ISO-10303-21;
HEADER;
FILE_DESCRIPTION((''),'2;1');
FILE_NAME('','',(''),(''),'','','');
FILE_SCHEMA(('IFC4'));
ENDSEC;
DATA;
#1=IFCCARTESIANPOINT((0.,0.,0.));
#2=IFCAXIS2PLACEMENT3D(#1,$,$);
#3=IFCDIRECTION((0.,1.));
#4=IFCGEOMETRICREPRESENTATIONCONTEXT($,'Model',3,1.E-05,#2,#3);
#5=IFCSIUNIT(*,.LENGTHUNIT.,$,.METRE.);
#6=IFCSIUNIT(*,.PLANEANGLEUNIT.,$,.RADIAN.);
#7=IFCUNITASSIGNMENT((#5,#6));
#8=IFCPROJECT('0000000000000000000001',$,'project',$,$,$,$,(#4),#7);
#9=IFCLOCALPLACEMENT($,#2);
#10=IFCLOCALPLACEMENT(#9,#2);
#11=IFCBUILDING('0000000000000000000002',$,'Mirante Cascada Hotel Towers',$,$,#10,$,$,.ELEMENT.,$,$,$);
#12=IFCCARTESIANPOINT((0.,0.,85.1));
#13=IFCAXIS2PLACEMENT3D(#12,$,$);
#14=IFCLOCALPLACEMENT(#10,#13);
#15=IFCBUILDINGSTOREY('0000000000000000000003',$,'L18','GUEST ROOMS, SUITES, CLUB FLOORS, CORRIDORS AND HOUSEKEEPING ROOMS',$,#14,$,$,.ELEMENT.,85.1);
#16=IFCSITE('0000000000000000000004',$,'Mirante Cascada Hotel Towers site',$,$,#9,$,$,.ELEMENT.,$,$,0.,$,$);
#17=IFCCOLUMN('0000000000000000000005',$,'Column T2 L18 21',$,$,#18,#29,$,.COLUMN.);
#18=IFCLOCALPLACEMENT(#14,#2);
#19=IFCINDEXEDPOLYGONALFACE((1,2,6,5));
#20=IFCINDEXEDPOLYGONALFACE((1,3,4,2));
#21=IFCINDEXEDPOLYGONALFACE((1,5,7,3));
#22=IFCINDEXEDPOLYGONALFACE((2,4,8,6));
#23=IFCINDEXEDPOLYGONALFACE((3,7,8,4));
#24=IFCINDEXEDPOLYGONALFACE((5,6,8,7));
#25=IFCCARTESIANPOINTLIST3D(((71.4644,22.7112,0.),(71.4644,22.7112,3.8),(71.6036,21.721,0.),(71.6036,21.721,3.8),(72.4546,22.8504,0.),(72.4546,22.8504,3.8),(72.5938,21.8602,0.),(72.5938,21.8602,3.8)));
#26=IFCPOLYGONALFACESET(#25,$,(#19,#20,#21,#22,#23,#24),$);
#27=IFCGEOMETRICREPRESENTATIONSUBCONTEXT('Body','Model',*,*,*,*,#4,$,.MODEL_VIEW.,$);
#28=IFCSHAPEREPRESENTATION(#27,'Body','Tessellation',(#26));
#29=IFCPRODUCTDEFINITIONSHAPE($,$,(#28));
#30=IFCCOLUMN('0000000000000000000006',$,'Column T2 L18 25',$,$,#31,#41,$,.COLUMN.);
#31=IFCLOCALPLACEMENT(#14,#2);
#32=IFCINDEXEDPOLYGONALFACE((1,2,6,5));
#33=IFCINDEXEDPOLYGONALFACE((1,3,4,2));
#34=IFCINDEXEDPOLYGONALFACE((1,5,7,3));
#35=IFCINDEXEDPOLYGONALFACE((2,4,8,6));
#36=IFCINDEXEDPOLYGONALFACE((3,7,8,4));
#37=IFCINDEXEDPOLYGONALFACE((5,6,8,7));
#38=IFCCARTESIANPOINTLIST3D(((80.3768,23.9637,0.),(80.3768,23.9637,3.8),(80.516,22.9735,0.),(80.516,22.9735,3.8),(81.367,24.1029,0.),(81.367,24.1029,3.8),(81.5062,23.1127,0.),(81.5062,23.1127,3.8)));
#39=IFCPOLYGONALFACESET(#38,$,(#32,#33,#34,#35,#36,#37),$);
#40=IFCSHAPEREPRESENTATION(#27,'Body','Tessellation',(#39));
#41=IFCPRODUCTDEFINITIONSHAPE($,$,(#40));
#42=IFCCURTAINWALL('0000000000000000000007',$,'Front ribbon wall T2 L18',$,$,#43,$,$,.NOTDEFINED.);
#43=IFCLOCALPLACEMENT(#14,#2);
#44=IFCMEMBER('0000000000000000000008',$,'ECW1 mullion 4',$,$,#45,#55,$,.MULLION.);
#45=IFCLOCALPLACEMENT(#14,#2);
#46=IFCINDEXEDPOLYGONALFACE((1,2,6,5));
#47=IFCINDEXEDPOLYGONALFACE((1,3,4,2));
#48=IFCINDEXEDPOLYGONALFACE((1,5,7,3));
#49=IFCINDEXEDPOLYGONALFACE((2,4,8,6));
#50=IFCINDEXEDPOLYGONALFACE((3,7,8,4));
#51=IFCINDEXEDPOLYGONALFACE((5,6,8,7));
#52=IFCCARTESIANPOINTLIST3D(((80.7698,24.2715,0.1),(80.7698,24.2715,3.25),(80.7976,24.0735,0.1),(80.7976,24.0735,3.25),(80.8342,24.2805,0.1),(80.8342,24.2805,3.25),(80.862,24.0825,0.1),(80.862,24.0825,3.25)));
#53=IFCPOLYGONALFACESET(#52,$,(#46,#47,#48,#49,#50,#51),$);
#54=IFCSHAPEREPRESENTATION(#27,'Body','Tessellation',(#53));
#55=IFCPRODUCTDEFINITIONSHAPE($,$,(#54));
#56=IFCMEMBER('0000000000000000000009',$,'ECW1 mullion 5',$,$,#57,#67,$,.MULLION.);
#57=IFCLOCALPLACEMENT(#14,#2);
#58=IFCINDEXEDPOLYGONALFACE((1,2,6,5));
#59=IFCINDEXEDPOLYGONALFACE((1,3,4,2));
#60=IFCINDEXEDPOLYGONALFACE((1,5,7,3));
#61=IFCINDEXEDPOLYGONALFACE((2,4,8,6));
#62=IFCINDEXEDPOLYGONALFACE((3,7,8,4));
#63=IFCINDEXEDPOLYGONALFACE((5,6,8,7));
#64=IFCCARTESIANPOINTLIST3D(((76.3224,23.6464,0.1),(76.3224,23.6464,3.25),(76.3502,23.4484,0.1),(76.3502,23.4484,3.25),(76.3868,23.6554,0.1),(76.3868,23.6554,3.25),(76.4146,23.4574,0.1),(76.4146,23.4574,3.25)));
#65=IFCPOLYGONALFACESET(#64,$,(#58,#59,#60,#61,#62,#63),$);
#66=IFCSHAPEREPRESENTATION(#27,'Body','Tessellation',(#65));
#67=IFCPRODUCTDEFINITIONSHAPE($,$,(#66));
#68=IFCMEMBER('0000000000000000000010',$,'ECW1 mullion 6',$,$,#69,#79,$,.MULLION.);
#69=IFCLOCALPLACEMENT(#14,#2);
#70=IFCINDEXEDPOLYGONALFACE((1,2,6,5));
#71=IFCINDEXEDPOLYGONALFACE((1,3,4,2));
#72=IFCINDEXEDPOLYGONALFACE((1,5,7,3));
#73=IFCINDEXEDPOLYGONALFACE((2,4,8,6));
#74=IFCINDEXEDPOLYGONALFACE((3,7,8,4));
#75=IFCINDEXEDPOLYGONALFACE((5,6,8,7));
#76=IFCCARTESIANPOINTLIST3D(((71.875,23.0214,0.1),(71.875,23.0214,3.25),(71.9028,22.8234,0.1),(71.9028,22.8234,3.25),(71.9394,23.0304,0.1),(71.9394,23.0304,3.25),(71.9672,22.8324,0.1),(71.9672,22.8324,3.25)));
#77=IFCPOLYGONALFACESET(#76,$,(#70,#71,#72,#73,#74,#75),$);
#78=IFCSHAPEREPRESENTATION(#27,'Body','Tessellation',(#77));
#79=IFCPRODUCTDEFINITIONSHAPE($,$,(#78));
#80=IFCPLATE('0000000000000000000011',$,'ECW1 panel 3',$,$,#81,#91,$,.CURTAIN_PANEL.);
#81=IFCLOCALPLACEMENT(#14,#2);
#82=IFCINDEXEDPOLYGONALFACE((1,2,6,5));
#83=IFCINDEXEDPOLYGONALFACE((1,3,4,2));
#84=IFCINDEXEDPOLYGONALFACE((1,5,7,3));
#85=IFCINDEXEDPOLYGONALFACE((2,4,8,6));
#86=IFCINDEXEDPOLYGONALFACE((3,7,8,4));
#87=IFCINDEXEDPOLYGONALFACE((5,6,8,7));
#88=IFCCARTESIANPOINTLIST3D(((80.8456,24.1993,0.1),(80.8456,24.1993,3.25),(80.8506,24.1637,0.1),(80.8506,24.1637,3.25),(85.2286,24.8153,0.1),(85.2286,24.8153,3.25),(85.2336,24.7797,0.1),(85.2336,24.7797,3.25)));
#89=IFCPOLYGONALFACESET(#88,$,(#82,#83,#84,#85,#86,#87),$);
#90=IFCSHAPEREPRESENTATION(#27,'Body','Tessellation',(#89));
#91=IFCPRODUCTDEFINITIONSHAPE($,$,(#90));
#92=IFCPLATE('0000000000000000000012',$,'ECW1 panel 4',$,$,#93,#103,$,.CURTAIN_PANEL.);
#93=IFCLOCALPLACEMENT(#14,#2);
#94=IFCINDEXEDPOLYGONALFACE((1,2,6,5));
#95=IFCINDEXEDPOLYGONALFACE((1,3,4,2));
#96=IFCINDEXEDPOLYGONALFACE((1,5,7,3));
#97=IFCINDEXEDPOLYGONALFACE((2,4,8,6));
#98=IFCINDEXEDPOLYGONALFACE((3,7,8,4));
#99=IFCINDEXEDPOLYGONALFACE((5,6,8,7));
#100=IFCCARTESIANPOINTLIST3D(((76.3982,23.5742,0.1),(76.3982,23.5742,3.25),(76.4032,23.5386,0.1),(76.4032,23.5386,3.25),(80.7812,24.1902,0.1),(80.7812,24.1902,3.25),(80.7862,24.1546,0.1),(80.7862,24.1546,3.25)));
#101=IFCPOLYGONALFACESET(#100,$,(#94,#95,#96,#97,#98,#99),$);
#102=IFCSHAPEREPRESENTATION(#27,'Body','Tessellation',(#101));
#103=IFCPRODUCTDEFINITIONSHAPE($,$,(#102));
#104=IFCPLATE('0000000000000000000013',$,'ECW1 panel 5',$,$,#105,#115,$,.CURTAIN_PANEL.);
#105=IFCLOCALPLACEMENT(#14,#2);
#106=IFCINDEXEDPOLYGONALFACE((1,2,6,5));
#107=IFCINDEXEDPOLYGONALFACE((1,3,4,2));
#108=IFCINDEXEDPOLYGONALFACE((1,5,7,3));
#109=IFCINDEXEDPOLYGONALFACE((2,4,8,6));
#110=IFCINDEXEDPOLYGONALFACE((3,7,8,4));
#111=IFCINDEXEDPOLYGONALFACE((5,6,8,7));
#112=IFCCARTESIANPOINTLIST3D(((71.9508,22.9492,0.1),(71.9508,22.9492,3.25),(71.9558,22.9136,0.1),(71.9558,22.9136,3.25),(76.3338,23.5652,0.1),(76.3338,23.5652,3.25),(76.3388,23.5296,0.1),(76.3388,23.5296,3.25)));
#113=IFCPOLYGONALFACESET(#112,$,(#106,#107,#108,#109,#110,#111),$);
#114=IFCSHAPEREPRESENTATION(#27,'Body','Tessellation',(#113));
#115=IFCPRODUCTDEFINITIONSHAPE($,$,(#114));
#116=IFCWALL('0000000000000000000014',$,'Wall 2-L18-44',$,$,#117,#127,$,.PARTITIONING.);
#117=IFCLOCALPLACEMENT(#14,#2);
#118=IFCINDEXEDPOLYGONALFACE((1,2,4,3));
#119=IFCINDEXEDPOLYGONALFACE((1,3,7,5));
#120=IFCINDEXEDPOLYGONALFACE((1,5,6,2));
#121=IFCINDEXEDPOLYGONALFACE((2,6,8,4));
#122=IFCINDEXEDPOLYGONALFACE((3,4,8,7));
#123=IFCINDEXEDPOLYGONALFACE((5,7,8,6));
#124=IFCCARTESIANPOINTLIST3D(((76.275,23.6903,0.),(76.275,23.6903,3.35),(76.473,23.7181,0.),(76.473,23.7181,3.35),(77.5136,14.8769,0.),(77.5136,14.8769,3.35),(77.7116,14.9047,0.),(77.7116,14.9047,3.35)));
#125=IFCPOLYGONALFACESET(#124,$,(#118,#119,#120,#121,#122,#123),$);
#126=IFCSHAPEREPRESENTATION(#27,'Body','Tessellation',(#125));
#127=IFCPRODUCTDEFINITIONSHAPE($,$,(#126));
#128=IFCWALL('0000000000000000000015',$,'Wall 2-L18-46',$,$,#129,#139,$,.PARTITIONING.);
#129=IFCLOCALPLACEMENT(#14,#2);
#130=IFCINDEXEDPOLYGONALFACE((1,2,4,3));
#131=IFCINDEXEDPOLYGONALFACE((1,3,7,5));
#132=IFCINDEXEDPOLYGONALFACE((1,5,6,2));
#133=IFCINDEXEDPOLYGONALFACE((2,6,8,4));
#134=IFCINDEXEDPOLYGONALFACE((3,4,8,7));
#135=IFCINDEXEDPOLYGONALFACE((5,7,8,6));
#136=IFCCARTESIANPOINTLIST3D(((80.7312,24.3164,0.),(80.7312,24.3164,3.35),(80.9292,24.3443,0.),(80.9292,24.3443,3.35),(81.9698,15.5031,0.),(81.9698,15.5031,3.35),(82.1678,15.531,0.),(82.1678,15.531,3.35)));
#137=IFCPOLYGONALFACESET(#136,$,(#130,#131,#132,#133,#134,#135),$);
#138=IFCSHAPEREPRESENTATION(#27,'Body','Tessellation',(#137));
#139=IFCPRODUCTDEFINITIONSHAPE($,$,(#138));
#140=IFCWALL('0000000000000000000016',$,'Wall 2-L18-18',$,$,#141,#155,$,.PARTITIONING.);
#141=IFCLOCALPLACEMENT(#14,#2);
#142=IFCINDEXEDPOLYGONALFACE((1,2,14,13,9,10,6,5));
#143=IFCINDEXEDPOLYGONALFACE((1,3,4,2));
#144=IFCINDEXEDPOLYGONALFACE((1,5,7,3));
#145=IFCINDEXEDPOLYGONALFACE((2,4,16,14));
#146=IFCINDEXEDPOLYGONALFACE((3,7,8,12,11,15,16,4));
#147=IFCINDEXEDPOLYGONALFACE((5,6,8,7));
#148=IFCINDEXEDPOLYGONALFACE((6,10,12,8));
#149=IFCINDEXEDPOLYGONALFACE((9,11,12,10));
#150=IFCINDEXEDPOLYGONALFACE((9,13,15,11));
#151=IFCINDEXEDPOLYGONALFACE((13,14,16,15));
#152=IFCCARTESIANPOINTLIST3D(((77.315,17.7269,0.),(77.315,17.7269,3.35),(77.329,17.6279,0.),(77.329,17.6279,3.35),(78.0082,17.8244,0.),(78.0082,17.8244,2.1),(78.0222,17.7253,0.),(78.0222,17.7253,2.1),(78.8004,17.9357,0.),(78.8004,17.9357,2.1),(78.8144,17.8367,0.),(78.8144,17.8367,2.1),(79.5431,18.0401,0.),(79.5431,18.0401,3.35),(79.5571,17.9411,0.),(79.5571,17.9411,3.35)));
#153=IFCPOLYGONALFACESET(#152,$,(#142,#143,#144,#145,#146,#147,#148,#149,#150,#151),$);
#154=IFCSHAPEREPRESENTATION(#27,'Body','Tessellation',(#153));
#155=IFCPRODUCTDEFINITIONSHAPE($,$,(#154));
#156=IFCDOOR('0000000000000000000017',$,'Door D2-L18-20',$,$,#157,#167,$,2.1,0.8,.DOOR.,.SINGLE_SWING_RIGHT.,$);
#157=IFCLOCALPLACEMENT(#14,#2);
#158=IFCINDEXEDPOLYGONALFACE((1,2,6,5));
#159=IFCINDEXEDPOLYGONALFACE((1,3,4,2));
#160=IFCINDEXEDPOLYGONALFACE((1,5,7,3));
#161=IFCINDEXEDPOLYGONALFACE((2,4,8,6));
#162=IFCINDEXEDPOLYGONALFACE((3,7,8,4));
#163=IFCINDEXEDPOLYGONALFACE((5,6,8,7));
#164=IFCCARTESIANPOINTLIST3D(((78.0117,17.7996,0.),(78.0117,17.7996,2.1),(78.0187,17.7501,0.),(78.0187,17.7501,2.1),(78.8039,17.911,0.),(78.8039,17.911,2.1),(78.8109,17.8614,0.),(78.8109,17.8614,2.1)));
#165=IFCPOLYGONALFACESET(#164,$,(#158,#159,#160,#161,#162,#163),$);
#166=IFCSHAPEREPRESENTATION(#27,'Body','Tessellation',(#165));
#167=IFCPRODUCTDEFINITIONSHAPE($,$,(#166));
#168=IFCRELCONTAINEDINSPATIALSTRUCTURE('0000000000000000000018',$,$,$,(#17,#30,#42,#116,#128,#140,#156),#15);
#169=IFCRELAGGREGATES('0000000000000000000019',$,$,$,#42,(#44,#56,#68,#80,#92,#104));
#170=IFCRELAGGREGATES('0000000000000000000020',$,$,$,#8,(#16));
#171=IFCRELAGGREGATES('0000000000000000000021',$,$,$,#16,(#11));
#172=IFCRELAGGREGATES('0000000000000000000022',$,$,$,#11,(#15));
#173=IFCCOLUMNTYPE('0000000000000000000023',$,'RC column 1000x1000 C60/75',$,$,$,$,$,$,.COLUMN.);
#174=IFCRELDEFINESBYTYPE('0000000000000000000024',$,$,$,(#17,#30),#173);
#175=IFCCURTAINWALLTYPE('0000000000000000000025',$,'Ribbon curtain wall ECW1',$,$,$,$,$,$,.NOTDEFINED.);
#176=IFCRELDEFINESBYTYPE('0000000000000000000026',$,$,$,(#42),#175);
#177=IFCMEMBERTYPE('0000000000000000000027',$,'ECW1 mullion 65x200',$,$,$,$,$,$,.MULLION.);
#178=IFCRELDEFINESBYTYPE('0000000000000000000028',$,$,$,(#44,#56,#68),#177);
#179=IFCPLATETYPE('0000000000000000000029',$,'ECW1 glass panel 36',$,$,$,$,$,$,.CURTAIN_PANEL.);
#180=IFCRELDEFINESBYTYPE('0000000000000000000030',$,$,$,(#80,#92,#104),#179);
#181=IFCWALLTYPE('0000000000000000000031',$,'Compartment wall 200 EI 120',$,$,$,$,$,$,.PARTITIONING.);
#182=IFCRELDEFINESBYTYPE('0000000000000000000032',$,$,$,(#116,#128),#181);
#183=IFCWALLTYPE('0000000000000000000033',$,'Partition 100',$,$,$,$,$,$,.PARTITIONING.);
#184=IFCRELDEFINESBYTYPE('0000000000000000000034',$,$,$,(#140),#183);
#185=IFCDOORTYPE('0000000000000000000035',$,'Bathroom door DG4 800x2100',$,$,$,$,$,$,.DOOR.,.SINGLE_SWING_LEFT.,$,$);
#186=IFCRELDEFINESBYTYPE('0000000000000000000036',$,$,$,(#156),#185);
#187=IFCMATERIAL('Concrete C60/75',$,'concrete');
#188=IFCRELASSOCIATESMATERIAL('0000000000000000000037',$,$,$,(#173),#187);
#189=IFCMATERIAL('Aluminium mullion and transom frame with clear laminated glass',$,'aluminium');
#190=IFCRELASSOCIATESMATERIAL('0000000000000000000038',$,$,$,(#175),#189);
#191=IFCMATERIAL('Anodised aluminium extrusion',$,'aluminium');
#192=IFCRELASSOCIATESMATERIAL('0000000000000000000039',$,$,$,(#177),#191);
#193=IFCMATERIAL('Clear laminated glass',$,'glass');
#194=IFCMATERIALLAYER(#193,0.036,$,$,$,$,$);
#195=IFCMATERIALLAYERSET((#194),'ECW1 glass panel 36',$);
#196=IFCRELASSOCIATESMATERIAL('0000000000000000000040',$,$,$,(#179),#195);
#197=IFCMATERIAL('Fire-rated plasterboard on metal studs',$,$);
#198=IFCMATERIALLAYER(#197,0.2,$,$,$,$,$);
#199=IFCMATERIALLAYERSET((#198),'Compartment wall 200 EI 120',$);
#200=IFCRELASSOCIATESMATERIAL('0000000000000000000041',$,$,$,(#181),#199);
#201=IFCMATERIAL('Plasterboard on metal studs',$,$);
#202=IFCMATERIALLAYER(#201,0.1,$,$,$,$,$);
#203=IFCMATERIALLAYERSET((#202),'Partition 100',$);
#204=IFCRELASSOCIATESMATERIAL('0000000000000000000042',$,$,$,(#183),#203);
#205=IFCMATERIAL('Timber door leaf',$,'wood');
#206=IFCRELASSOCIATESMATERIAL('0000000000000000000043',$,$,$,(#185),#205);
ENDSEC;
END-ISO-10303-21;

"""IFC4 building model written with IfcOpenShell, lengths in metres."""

from ifc_helpers import new_model, si_unit, direction, frame, frame_2d, origin, origin_2d, place, context, subcontext, project, spatial, rectangle, extrude, material, layer, layer_set, material_profile, profile_set, type_object, element, fill, aggregate, save


model = new_model("IFC4")

# Units and contexts
model_context = context("Model", 3, precision=1e-05, world=origin(), true_north=direction((0.0, 1.0)))
body_context = subcontext(model_context, "Body", "Model", "MODEL_VIEW")
ifc_project = project(units=[si_unit("LENGTHUNIT", "METRE"), si_unit("PLANEANGLEUNIT", "RADIAN")], contexts=[model_context])

# Site, building, storey
site_placement = place(None, origin())
site = spatial("IfcSite", under=ifc_project, at=site_placement, Name="Mirante Cascada Hotel Towers site", CompositionType="ELEMENT", RefElevation=0.0)
building_placement = place(site_placement, origin())
building = spatial("IfcBuilding", under=site, at=building_placement, Name="Mirante Cascada Hotel Towers", CompositionType="ELEMENT")
storey_placement = place(building_placement, frame((0.0, 0.0, 85.1)))
storey = spatial("IfcBuildingStorey", under=building, at=storey_placement, Name="L18", Description="GUEST ROOMS, SUITES, CLUB FLOORS, CORRIDORS AND HOUSEKEEPING ROOMS", CompositionType="ELEMENT", Elevation=85.1)

# Columns
ifc_material_1 = material(Name="Concrete C60/75", Category="concrete")
ifc_material_profile_1 = material_profile(ifc_material_1, rectangle(XDim=1.0, YDim=1.0, at=origin_2d()), Name="RC column 1000x1000 C60/75")
ifc_profile_set_1 = profile_set([ifc_material_profile_1], Name="Concrete C60/75")
column_type = type_object("IfcColumnType", Name="RC column 1000x1000 C60/75", PredefinedType="COLUMN", material=ifc_profile_set_1)
for number, where, z_axis, x_axis, name in (
    (1, (72.0291, 22.2857, 0.0), (0.0, 0.0, 1.0), (0.990268, 0.139173, 0.0), "Column T2 L18 21"),
    (2, (80.9415, 23.5382, 0.0), (0.0, 0.0, 1.0), (0.990268, 0.139173, 0.0), "Column T2 L18 25"),
):
    element("IfcColumn", number, at=place(storey_placement, frame(where, z_axis=z_axis, x_axis=x_axis)), inside=storey, type_object=column_type, Name=name, PredefinedType="COLUMN", context=body_context, shape_type="SweptSolid", body=[
        extrude(rectangle(XDim=1.0, YDim=1.0, at=origin_2d()), origin(), (0.0, 0.0, 1.0), 3.8),
    ])

# Curtain wall, members, plates
ifc_material_2 = material(Name="Aluminium mullion and transom frame with clear laminated glass", Category="aluminium")
curtain_wall_type = type_object("IfcCurtainWallType", Name="Ribbon curtain wall ECW1", PredefinedType="NOTDEFINED", material=ifc_material_2)
curtain_wall_placement = place(storey_placement, origin())
curtain_wall = element("IfcCurtainWall", 3, at=curtain_wall_placement, inside=storey, type_object=curtain_wall_type, Name="Front ribbon wall T2 L18", PredefinedType="NOTDEFINED")
ifc_material_3 = material(Name="Anodised aluminium extrusion", Category="aluminium")
ifc_material_profile_2 = material_profile(ifc_material_3, rectangle(XDim=0.2, YDim=0.065, at=origin_2d()), Name="ECW1 MULLION 65x200")
ifc_profile_set_2 = profile_set([ifc_material_profile_2], Name="Anodised aluminium extrusion")
member_type = type_object("IfcMemberType", Name="ECW1 mullion 65x200", PredefinedType="MULLION", material=ifc_profile_set_2)
member_1_placement = place(storey_placement, frame((80.8159, 24.177, 0.1), z_axis=(0.0, 0.0, 1.0), x_axis=(0.139173, -0.990268, 0.0)))
member_1 = element("IfcMember", 4, at=member_1_placement, type_object=member_type, Name="ECW1 mullion 4", PredefinedType="MULLION", context=body_context, shape_type="SweptSolid", body=[
    extrude(rectangle(XDim=0.2, YDim=0.065, at=origin_2d()), origin(), (0.0, 0.0, 1.0), 3.15),
])
member_2_placement = place(storey_placement, frame((76.3685, 23.5519, 0.1), z_axis=(0.0, 0.0, 1.0), x_axis=(0.139173, -0.990268, 0.0)))
member_2 = element("IfcMember", 5, at=member_2_placement, type_object=member_type, Name="ECW1 mullion 5", PredefinedType="MULLION", context=body_context, shape_type="SweptSolid", body=[
    extrude(rectangle(XDim=0.2, YDim=0.065, at=origin_2d()), origin(), (0.0, 0.0, 1.0), 3.15),
])
member_3_placement = place(storey_placement, frame((71.9211, 22.9269, 0.1), z_axis=(0.0, 0.0, 1.0), x_axis=(0.139173, -0.990268, 0.0)))
member_3 = element("IfcMember", 6, at=member_3_placement, type_object=member_type, Name="ECW1 mullion 6", PredefinedType="MULLION", context=body_context, shape_type="SweptSolid", body=[
    extrude(rectangle(XDim=0.2, YDim=0.065, at=origin_2d()), origin(), (0.0, 0.0, 1.0), 3.15),
])
ifc_material_4 = material(Name="Clear laminated glass", Category="glass")
ifc_layer_1 = layer(ifc_material_4, 0.036)
ifc_layer_set_1 = layer_set([ifc_layer_1], Name="ECW1 glass panel 36")
plate_type = type_object("IfcPlateType", Name="ECW1 glass panel 36", PredefinedType="CURTAIN_PANEL", material=ifc_layer_set_1)
plate_1_placement = place(storey_placement, frame((83.0396, 24.4895, 0.1), z_axis=(0.0, 0.0, 1.0), x_axis=(-0.990268, -0.139173, 0.0)))
plate_1 = element("IfcPlate", 7, at=plate_1_placement, type_object=plate_type, Name="ECW1 panel 3", PredefinedType="CURTAIN_PANEL", context=body_context, shape_type="SweptSolid", body=[
    extrude(rectangle(XDim=4.4261, YDim=0.036, at=origin_2d()), origin(), (0.0, 0.0, 1.0), 3.15),
])
plate_2_placement = place(storey_placement, frame((78.5922, 23.8644, 0.1), z_axis=(0.0, 0.0, 1.0), x_axis=(-0.990268, -0.139173, 0.0)))
plate_2 = element("IfcPlate", 8, at=plate_2_placement, type_object=plate_type, Name="ECW1 panel 4", PredefinedType="CURTAIN_PANEL", context=body_context, shape_type="SweptSolid", body=[
    extrude(rectangle(XDim=4.4261, YDim=0.036, at=origin_2d()), origin(), (0.0, 0.0, 1.0), 3.15),
])
plate_3_placement = place(storey_placement, frame((74.1448, 23.2394, 0.1), z_axis=(0.0, 0.0, 1.0), x_axis=(-0.990268, -0.139173, 0.0)))
plate_3 = element("IfcPlate", 9, at=plate_3_placement, type_object=plate_type, Name="ECW1 panel 5", PredefinedType="CURTAIN_PANEL", context=body_context, shape_type="SweptSolid", body=[
    extrude(rectangle(XDim=4.4261, YDim=0.036, at=origin_2d()), origin(), (0.0, 0.0, 1.0), 3.15),
])
aggregate(curtain_wall, [member_1, member_2, member_3, plate_1, plate_2, plate_3])

# Walls
ifc_material_5 = material(Name="Fire-rated plasterboard on metal studs")
ifc_layer_2 = layer(ifc_material_5, 0.2)
ifc_layer_set_2 = layer_set([ifc_layer_2], Name="Compartment wall 200 EI 120")
wall_type_1 = type_object("IfcWallType", Name="Compartment wall 200 EI 120", PredefinedType="PARTITIONING", material=ifc_layer_set_2)
wall_1_placement = place(storey_placement, frame((76.374, 23.7042, 0.0), z_axis=(0.0, 0.0, 1.0), x_axis=(0.139168, -0.990269, 0.0)))
element("IfcWall", 10, at=wall_1_placement, inside=storey, type_object=wall_type_1, Name="Wall 2-L18-44", PredefinedType="PARTITIONING", context=body_context, shape_type="SweptSolid", body=[
    extrude(rectangle(XDim=8.9, YDim=0.2, at=frame_2d((4.45, 0.0))), origin(), (0.0, 0.0, 1.0), 3.35),
])
wall_2_placement = place(storey_placement, frame((80.8302, 24.3304, 0.0), z_axis=(0.0, 0.0, 1.0), x_axis=(0.13917, -0.990268, 0.0)))
element("IfcWall", 11, at=wall_2_placement, inside=storey, type_object=wall_type_1, Name="Wall 2-L18-46", PredefinedType="PARTITIONING", context=body_context, shape_type="SweptSolid", body=[
    extrude(rectangle(XDim=8.8999, YDim=0.2, at=frame_2d((4.45, 0.0))), origin(), (0.0, 0.0, 1.0), 3.35),
])

# Wall, opening, door
ifc_material_6 = material(Name="Plasterboard on metal studs")
ifc_layer_3 = layer(ifc_material_6, 0.1)
ifc_layer_set_3 = layer_set([ifc_layer_3], Name="Partition 100")
wall_type_2 = type_object("IfcWallType", Name="Partition 100", PredefinedType="PARTITIONING", material=ifc_layer_set_3)
wall_3_placement = place(storey_placement, frame((79.5501, 17.9906, 0.0), z_axis=(0.0, 0.0, 1.0), x_axis=(-0.990264, -0.1392, 0.0)))
wall_3 = element("IfcWall", 12, at=wall_3_placement, inside=storey, type_object=wall_type_2, Name="Wall 2-L18-18", PredefinedType="PARTITIONING", context=body_context, shape_type="SweptSolid", body=[
    extrude(rectangle(XDim=2.25, YDim=0.1, at=frame_2d((1.125, 0.0))), origin(), (0.0, 0.0, 1.0), 3.35),
])
opening_1_placement = place(wall_3_placement, frame((0.75, 0.0, 0.0)))
opening_1 = element("IfcOpeningElement", 13, at=opening_1_placement, cuts=wall_3, PredefinedType="OPENING", context=body_context, shape_type="SweptSolid", body=[
    extrude(rectangle(XDim=0.8, YDim=2.1, at=frame_2d((0.4, 1.05))), frame((0.0, 0.05, 0.0), z_axis=(0.0, -1.0, 0.0), x_axis=(1.0, 0.0, 0.0)), (0.0, 0.0, 1.0), 0.1),
])
ifc_material_7 = material(Name="Timber door leaf", Category="wood")
door_type = type_object("IfcDoorType", Name="Bathroom door DG4 800x2100", OperationType="SINGLE_SWING_LEFT", PredefinedType="DOOR", material=ifc_material_7)
door_1_placement = place(opening_1_placement, frame((0.8, 0.0, 0.0), z_axis=(0.0, 0.0, 1.0), x_axis=(-1.0, 0.0, 0.0)))
door_1 = element("IfcDoor", 14, at=door_1_placement, inside=storey, type_object=door_type, Name="Door D2-L18-20", OperationType="SINGLE_SWING_RIGHT", OverallHeight=2.1, OverallWidth=0.8, PredefinedType="DOOR", context=body_context, shape_type="SweptSolid", body=[
    extrude(rectangle(XDim=0.8, YDim=2.1, at=frame_2d((0.4, 1.05))), frame((0.0, 0.025, 0.0), z_axis=(0.0, -1.0, 0.0), x_axis=(1.0, 0.0, 0.0)), (0.0, 0.0, 1.0), 0.05),
])
fill(opening_1, door_1)

save(model, "model.ifc")
